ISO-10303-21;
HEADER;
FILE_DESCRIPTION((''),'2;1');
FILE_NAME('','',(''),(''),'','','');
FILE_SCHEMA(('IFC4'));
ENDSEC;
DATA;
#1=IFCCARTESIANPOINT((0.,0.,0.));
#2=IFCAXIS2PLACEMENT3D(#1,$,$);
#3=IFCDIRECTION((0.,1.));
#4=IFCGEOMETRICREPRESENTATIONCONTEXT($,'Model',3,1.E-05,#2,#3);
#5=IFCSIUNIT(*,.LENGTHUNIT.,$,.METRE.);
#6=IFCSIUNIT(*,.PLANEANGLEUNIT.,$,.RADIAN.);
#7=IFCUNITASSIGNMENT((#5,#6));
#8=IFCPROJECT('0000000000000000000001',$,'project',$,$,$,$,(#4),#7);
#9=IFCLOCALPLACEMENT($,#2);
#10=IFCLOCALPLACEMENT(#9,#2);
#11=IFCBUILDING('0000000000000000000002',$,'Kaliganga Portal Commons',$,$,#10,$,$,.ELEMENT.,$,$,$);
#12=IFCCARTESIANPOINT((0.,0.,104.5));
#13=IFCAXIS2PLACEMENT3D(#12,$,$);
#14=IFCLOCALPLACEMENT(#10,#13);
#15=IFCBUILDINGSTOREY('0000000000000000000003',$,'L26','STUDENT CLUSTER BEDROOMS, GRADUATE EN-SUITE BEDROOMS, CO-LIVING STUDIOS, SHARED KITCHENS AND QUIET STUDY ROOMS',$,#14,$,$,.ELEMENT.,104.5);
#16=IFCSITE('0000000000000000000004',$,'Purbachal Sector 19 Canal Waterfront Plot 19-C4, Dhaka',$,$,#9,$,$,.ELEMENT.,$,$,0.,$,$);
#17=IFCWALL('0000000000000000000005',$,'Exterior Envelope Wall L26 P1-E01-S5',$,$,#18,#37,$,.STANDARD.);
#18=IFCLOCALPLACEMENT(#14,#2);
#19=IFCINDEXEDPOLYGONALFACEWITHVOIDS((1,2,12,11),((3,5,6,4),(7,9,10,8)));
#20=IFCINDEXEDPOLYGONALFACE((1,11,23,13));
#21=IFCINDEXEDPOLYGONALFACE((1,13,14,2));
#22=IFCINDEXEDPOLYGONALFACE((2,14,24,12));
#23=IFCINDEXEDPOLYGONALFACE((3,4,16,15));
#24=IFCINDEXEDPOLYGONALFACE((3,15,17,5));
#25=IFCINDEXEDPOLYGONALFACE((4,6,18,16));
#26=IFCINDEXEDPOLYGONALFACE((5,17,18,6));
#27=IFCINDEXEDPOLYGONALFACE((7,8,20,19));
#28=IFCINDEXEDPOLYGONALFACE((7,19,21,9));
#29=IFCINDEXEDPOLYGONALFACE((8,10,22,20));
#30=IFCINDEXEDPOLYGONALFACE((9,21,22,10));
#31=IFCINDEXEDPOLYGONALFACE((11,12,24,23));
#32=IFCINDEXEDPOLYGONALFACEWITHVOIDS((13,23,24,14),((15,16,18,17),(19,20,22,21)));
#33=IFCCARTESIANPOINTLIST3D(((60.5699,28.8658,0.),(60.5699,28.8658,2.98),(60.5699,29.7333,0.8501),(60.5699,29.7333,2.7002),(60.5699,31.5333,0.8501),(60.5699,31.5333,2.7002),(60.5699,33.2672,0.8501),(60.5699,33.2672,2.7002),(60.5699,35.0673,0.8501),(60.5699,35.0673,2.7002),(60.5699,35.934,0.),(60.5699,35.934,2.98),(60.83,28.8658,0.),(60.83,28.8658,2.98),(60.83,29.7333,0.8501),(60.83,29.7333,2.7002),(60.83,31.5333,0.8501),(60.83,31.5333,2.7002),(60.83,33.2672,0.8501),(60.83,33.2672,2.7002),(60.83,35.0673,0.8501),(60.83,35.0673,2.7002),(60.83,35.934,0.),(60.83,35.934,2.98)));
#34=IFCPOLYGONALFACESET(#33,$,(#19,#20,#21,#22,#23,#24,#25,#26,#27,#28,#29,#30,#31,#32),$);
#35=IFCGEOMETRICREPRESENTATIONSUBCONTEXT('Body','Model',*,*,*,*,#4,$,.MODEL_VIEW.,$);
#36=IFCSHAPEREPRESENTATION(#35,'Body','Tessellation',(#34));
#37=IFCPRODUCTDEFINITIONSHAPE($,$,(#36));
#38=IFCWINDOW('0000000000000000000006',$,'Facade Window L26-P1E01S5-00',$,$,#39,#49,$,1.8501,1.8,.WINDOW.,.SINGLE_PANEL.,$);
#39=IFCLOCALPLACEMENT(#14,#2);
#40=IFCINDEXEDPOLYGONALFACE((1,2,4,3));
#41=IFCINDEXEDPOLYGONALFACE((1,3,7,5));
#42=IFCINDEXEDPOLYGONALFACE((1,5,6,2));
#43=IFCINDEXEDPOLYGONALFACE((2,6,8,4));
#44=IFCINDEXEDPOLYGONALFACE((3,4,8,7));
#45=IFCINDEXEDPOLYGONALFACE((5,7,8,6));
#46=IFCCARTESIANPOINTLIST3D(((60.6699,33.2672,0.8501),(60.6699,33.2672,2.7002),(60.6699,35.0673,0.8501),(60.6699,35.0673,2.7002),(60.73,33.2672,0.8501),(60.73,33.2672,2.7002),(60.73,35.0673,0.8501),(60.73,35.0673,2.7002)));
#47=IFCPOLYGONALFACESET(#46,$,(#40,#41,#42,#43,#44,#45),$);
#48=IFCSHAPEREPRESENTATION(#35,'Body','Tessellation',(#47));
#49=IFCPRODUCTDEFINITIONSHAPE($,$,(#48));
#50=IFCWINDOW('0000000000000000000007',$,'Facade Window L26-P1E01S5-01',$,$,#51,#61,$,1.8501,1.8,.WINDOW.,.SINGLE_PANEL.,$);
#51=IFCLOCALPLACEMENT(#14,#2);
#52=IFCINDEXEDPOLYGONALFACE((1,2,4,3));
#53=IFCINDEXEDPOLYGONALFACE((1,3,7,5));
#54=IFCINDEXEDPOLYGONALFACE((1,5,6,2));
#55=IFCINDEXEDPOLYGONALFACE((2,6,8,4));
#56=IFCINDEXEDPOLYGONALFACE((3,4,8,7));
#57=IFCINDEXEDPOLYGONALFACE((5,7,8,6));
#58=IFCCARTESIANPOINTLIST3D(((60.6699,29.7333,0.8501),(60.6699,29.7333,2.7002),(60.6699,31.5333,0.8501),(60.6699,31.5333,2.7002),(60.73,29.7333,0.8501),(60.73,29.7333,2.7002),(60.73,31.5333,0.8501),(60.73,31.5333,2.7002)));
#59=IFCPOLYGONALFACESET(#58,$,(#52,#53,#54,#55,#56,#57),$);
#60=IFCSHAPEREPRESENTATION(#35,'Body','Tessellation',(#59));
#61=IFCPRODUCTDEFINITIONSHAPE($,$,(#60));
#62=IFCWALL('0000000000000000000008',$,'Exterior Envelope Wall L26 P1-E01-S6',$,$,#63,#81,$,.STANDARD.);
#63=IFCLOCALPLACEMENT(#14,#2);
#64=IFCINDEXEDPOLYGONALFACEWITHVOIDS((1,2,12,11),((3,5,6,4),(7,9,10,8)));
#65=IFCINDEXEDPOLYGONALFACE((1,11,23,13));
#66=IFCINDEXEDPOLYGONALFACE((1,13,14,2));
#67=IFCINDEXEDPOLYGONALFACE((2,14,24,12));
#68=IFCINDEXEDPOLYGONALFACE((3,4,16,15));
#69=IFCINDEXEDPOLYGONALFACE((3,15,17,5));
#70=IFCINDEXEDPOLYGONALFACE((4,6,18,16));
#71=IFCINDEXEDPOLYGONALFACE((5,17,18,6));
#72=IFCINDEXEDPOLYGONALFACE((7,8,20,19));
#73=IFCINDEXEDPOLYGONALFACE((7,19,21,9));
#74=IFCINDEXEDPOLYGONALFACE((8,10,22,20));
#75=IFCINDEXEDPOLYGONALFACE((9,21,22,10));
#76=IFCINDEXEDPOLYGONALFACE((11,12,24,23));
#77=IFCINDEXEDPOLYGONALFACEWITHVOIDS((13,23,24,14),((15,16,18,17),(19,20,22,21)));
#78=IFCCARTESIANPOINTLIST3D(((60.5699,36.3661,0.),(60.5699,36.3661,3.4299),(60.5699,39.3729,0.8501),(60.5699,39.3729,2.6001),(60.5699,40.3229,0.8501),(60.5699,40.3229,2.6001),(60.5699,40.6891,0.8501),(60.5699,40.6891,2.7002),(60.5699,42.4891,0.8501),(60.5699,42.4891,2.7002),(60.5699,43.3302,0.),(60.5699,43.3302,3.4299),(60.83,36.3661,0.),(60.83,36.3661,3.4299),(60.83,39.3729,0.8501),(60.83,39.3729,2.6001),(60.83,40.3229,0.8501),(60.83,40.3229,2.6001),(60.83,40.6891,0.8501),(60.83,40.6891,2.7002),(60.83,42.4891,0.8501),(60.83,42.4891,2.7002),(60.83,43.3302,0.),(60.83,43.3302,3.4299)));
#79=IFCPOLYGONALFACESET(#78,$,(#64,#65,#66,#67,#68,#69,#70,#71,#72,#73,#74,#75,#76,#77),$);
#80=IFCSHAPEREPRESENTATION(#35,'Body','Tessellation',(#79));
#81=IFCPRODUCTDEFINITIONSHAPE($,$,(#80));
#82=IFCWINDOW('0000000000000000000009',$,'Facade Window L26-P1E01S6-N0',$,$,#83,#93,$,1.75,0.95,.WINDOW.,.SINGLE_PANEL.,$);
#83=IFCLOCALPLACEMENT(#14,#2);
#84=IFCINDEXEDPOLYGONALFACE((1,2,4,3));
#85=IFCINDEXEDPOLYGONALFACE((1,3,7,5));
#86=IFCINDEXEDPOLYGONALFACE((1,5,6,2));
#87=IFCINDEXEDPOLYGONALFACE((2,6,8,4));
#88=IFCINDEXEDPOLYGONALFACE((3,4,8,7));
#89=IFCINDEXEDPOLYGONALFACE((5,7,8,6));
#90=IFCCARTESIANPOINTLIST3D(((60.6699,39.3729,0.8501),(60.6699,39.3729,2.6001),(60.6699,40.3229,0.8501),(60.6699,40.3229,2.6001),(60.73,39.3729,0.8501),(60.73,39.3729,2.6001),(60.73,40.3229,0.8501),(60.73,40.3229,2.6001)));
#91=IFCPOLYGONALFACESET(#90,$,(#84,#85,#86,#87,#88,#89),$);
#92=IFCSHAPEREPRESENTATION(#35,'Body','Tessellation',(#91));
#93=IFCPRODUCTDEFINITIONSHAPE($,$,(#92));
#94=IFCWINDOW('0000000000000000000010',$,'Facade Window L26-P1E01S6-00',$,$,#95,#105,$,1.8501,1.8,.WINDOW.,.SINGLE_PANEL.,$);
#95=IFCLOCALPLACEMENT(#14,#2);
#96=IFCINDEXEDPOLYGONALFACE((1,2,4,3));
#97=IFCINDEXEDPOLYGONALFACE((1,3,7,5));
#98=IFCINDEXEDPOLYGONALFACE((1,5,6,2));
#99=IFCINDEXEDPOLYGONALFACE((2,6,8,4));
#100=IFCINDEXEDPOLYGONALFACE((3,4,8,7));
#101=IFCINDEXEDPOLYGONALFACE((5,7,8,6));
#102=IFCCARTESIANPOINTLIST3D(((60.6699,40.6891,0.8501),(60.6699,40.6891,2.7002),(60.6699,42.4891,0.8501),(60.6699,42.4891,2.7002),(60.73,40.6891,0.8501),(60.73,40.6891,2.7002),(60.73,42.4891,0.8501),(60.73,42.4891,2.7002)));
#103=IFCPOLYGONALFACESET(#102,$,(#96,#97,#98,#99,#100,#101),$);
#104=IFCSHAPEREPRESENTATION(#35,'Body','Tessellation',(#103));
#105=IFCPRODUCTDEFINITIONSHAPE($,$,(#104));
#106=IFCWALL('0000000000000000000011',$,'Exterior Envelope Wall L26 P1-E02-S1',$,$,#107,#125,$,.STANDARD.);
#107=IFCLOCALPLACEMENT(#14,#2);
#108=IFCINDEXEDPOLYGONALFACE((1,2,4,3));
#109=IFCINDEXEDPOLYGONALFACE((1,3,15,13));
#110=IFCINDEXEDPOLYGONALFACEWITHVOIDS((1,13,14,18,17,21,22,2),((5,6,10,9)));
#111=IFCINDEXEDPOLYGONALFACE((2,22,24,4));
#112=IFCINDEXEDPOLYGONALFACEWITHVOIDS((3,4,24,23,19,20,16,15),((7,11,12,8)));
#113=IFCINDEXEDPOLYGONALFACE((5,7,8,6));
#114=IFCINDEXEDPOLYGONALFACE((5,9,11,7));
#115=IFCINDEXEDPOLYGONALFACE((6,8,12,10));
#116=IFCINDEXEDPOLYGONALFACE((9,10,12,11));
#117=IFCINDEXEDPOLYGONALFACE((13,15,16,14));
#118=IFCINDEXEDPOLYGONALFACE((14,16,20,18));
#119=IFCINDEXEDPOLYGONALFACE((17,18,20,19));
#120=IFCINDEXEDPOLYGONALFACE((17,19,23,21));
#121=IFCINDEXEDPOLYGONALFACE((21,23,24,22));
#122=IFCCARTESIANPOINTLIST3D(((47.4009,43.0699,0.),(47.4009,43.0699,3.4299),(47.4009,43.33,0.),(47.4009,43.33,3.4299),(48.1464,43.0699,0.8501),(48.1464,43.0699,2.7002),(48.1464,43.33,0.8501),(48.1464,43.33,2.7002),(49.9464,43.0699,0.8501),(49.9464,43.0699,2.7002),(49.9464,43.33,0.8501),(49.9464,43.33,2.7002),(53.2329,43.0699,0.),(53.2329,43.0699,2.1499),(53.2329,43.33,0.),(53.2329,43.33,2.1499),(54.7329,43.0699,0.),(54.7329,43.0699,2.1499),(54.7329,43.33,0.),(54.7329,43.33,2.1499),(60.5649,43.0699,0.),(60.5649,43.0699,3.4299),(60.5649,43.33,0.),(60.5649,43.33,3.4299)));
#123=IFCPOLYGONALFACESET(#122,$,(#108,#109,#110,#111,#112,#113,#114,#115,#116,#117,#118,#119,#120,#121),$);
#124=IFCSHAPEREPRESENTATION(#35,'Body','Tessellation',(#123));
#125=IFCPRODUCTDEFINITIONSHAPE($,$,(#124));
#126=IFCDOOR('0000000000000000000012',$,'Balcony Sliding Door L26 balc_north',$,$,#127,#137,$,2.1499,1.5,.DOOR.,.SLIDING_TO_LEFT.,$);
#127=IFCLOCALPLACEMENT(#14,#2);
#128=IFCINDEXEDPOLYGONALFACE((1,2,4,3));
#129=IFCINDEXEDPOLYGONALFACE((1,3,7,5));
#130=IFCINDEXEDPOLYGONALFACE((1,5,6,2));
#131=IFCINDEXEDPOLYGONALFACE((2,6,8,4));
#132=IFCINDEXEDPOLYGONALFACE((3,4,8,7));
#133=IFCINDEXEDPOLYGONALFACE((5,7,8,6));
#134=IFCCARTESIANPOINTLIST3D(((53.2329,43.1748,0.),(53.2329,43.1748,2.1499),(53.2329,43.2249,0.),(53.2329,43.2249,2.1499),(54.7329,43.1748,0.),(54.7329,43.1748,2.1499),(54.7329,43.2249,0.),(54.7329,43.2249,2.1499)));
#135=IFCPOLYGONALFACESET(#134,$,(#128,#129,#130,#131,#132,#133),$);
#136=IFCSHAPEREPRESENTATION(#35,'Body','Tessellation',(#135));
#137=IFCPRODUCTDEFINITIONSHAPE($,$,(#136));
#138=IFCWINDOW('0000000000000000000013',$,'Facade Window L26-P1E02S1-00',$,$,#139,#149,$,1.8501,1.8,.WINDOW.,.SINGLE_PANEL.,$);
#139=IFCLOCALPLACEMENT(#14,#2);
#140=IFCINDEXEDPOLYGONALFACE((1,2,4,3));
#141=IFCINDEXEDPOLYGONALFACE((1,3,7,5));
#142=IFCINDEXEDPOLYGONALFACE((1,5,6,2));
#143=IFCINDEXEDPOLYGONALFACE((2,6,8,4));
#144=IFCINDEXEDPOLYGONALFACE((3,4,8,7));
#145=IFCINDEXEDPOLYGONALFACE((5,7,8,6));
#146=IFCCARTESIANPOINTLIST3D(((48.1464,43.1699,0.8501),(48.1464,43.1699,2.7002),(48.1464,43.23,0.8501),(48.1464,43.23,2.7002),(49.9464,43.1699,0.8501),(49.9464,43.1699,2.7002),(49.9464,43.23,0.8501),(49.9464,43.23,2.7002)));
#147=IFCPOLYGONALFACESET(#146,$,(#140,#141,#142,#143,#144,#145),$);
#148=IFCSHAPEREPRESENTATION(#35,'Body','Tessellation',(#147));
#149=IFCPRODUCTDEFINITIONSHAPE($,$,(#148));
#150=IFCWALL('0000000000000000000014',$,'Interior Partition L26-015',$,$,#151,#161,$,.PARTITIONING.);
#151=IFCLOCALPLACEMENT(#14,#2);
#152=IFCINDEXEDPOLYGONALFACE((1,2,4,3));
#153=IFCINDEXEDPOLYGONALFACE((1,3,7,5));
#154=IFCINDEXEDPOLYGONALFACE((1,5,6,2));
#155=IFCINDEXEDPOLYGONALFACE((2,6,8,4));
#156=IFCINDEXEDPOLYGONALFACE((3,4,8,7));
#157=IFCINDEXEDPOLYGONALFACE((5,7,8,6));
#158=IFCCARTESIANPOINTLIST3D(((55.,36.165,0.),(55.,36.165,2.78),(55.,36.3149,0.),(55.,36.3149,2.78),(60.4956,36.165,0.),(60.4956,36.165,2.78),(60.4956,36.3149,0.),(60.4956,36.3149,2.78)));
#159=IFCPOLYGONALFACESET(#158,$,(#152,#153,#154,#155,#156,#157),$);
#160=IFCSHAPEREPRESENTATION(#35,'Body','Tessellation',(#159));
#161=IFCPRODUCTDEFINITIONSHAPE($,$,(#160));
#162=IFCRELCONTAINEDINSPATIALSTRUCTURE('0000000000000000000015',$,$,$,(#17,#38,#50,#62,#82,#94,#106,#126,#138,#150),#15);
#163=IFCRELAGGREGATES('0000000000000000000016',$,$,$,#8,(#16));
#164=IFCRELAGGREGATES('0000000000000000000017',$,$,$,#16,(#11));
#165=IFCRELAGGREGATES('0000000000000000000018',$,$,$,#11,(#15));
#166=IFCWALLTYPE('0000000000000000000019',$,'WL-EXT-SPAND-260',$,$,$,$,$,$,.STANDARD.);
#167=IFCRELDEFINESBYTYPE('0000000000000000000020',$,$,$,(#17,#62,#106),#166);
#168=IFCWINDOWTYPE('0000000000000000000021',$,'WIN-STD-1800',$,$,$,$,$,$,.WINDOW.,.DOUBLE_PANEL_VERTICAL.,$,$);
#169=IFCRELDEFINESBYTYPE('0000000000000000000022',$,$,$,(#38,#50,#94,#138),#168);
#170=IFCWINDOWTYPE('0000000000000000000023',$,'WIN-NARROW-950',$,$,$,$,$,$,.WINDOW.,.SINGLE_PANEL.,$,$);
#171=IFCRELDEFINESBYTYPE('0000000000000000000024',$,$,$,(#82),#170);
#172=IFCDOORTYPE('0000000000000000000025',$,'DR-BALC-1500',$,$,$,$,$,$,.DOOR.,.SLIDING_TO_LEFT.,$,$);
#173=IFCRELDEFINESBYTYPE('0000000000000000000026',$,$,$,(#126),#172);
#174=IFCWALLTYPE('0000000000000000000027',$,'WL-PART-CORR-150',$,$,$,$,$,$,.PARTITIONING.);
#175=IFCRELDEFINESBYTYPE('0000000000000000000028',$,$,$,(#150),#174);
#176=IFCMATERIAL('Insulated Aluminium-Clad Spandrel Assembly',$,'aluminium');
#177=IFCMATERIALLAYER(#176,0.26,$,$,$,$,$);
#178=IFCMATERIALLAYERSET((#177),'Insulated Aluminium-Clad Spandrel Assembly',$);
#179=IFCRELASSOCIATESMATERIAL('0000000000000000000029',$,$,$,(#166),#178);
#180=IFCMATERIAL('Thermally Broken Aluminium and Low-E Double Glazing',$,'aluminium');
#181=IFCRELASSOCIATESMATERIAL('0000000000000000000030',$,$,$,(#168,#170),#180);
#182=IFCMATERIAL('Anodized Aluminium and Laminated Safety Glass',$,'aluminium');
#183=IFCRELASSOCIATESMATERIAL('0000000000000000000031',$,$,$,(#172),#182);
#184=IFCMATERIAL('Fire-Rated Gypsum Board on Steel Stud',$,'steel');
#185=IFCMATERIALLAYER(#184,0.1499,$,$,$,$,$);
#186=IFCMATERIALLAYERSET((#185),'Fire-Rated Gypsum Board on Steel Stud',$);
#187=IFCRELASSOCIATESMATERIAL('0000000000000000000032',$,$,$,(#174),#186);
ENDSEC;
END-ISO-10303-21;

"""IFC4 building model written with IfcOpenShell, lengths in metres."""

from ifc_helpers import new_model, si_unit, direction, frame, frame_2d, origin, place, context, subcontext, project, spatial, rectangle, extrude, material, layer, layer_set, type_object, element, fill, save


model = new_model("IFC4")

# Units and contexts
model_context = context("Model", 3, precision=1e-05, world=origin(), true_north=direction((0.0, 1.0)))
body_context = subcontext(model_context, "Body", "Model", "MODEL_VIEW")
ifc_project = project(units=[si_unit("LENGTHUNIT", "METRE"), si_unit("PLANEANGLEUNIT", "RADIAN")], contexts=[model_context])

# Site, building, storey
site_placement = place(None, origin())
site = spatial("IfcSite", under=ifc_project, at=site_placement, Name="Purbachal Sector 19 Canal Waterfront Plot 19-C4, Dhaka", CompositionType="ELEMENT", RefElevation=0.0)
building_placement = place(site_placement, origin())
building = spatial("IfcBuilding", under=site, at=building_placement, Name="Kaliganga Portal Commons", CompositionType="ELEMENT")
storey_placement = place(building_placement, frame((0.0, 0.0, 104.5)))
storey = spatial("IfcBuildingStorey", under=building, at=storey_placement, Name="L26", Description="STUDENT CLUSTER BEDROOMS, GRADUATE EN-SUITE BEDROOMS, CO-LIVING STUDIOS, SHARED KITCHENS AND QUIET STUDY ROOMS", CompositionType="ELEMENT", Elevation=104.5)

# Walls, openings, windows
ifc_material_1 = material(Name="Insulated Aluminium-Clad Spandrel Assembly", Category="aluminium")
ifc_layer_1 = layer(ifc_material_1, 0.26)
ifc_layer_set_1 = layer_set([ifc_layer_1], Name="Insulated Aluminium-Clad Spandrel Assembly")
wall_type_1 = type_object("IfcWallType", Name="WL-EXT-SPAND-260", PredefinedType="STANDARD", material=ifc_layer_set_1)
wall_1_placement = place(storey_placement, frame((60.7, 35.9341, 0.0), z_axis=(0.0, 0.0, 1.0), x_axis=(0.0, -1.0, 0.0)))
wall_1 = element("IfcWall", 1, at=wall_1_placement, inside=storey, type_object=wall_type_1, Name="Exterior Envelope Wall L26 P1-E01-S5", PredefinedType="STANDARD", context=body_context, shape_type="SweptSolid", body=[
    extrude(rectangle(XDim=7.0681, YDim=0.26, at=frame_2d((3.5342, 0.0))), origin(), (0.0, 0.0, 1.0), 2.98),
])
opening_1_placement = place(wall_1_placement, frame((0.8669, 0.0, 0.8501)))
opening_1 = element("IfcOpeningElement", 2, at=opening_1_placement, cuts=wall_1, PredefinedType="OPENING", context=body_context, shape_type="SweptSolid", body=[
    extrude(rectangle(XDim=1.8, YDim=1.8501, at=frame_2d((0.8999, 0.925))), frame((0.0, 0.1401, 0.0), z_axis=(0.0, -1.0, 0.0), x_axis=(1.0, 0.0, 0.0)), (0.0, 0.0, 1.0), 0.28),
])
opening_2_placement = place(wall_1_placement, frame((4.4009, 0.0, 0.8501)))
opening_2 = element("IfcOpeningElement", 3, at=opening_2_placement, cuts=wall_1, PredefinedType="OPENING", context=body_context, shape_type="SweptSolid", body=[
    extrude(rectangle(XDim=1.8, YDim=1.8501, at=frame_2d((0.8999, 0.925))), frame((0.0, 0.1401, 0.0), z_axis=(0.0, -1.0, 0.0), x_axis=(1.0, 0.0, 0.0)), (0.0, 0.0, 1.0), 0.28),
])
ifc_material_2 = material(Name="Thermally Broken Aluminium and Low-E Double Glazing", Category="aluminium")
window_type_1 = type_object("IfcWindowType", Name="WIN-STD-1800", PartitioningType="DOUBLE_PANEL_VERTICAL", PredefinedType="WINDOW", material=ifc_material_2)
window_1_placement = place(opening_1_placement, origin())
window_1 = element("IfcWindow", 4, at=window_1_placement, inside=storey, type_object=window_type_1, Name="Facade Window L26-P1E01S5-00", OverallHeight=1.8501, OverallWidth=1.8, PartitioningType="SINGLE_PANEL", PredefinedType="WINDOW", context=body_context, shape_type="SweptSolid", body=[
    extrude(rectangle(XDim=1.8, YDim=1.8501, at=frame_2d((0.8999, 0.925))), frame((0.0, 0.03, 0.0), z_axis=(0.0, -1.0, 0.0), x_axis=(1.0, 0.0, 0.0)), (0.0, 0.0, 1.0), 0.0601),
])
fill(opening_1, window_1)
window_2_placement = place(opening_2_placement, origin())
window_2 = element("IfcWindow", 5, at=window_2_placement, inside=storey, type_object=window_type_1, Name="Facade Window L26-P1E01S5-01", OverallHeight=1.8501, OverallWidth=1.8, PartitioningType="SINGLE_PANEL", PredefinedType="WINDOW", context=body_context, shape_type="SweptSolid", body=[
    extrude(rectangle(XDim=1.8, YDim=1.8501, at=frame_2d((0.8999, 0.925))), frame((0.0, 0.03, 0.0), z_axis=(0.0, -1.0, 0.0), x_axis=(1.0, 0.0, 0.0)), (0.0, 0.0, 1.0), 0.0601),
])
fill(opening_2, window_2)
wall_2_placement = place(storey_placement, frame((60.7, 43.3301, 0.0), z_axis=(0.0, 0.0, 1.0), x_axis=(0.0, -1.0, 0.0)))
wall_2 = element("IfcWall", 6, at=wall_2_placement, inside=storey, type_object=wall_type_1, Name="Exterior Envelope Wall L26 P1-E01-S6", PredefinedType="STANDARD", context=body_context, shape_type="SweptSolid", body=[
    extrude(rectangle(XDim=6.9641, YDim=0.26, at=frame_2d((3.4819, 0.0))), origin(), (0.0, 0.0, 1.0), 3.4299),
])
opening_3_placement = place(wall_2_placement, frame((0.8411, 0.0, 0.8501)))
opening_3 = element("IfcOpeningElement", 7, at=opening_3_placement, cuts=wall_2, PredefinedType="OPENING", context=body_context, shape_type="SweptSolid", body=[
    extrude(rectangle(XDim=1.8, YDim=1.8501, at=frame_2d((0.8999, 0.925))), frame((0.0, 0.1401, 0.0), z_axis=(0.0, -1.0, 0.0), x_axis=(1.0, 0.0, 0.0)), (0.0, 0.0, 1.0), 0.28),
])
opening_4_placement = place(wall_2_placement, frame((3.0071, 0.0, 0.8501)))
opening_4 = element("IfcOpeningElement", 8, at=opening_4_placement, cuts=wall_2, PredefinedType="OPENING", context=body_context, shape_type="SweptSolid", body=[
    extrude(rectangle(XDim=0.95, YDim=1.75, at=frame_2d((0.4751, 0.875))), frame((0.0, 0.1401, 0.0), z_axis=(0.0, -1.0, 0.0), x_axis=(1.0, 0.0, 0.0)), (0.0, 0.0, 1.0), 0.28),
])
window_type_2 = type_object("IfcWindowType", Name="WIN-NARROW-950", PartitioningType="SINGLE_PANEL", PredefinedType="WINDOW", material=ifc_material_2)
window_3_placement = place(opening_4_placement, origin())
window_3 = element("IfcWindow", 9, at=window_3_placement, inside=storey, type_object=window_type_2, Name="Facade Window L26-P1E01S6-N0", OverallHeight=1.75, OverallWidth=0.95, PartitioningType="SINGLE_PANEL", PredefinedType="WINDOW", context=body_context, shape_type="SweptSolid", body=[
    extrude(rectangle(XDim=0.95, YDim=1.75, at=frame_2d((0.4751, 0.875))), frame((0.0, 0.03, 0.0), z_axis=(0.0, -1.0, 0.0), x_axis=(1.0, 0.0, 0.0)), (0.0, 0.0, 1.0), 0.0601),
])
fill(opening_4, window_3)
window_4_placement = place(opening_3_placement, origin())
window_4 = element("IfcWindow", 10, at=window_4_placement, inside=storey, type_object=window_type_1, Name="Facade Window L26-P1E01S6-00", OverallHeight=1.8501, OverallWidth=1.8, PartitioningType="SINGLE_PANEL", PredefinedType="WINDOW", context=body_context, shape_type="SweptSolid", body=[
    extrude(rectangle(XDim=1.8, YDim=1.8501, at=frame_2d((0.8999, 0.925))), frame((0.0, 0.03, 0.0), z_axis=(0.0, -1.0, 0.0), x_axis=(1.0, 0.0, 0.0)), (0.0, 0.0, 1.0), 0.0601),
])
fill(opening_3, window_4)

# Wall, openings, door, window
wall_3_placement = place(storey_placement, frame((47.4009, 43.2, 0.0), z_axis=(0.0, 0.0, 1.0), x_axis=(1.0, 0.0, 0.0)))
wall_3 = element("IfcWall", 11, at=wall_3_placement, inside=storey, type_object=wall_type_1, Name="Exterior Envelope Wall L26 P1-E02-S1", PredefinedType="STANDARD", context=body_context, shape_type="SweptSolid", body=[
    extrude(rectangle(XDim=13.1641, YDim=0.26, at=frame_2d((6.582, 0.0))), origin(), (0.0, 0.0, 1.0), 3.4299),
])
opening_5_placement = place(wall_3_placement, frame((5.832, 0.0, 0.0)))
opening_5 = element("IfcOpeningElement", 12, at=opening_5_placement, cuts=wall_3, PredefinedType="OPENING", context=body_context, shape_type="SweptSolid", body=[
    extrude(rectangle(XDim=1.5, YDim=2.1499, at=frame_2d((0.75, 1.075))), frame((0.0, 0.1401, 0.0), z_axis=(0.0, -1.0, 0.0), x_axis=(1.0, 0.0, 0.0)), (0.0, 0.0, 1.0), 0.28),
])
opening_6_placement = place(wall_3_placement, frame((0.7456, 0.0, 0.8501)))
opening_6 = element("IfcOpeningElement", 13, at=opening_6_placement, cuts=wall_3, PredefinedType="OPENING", context=body_context, shape_type="SweptSolid", body=[
    extrude(rectangle(XDim=1.8, YDim=1.8501, at=frame_2d((0.8999, 0.925))), frame((0.0, 0.1401, 0.0), z_axis=(0.0, -1.0, 0.0), x_axis=(1.0, 0.0, 0.0)), (0.0, 0.0, 1.0), 0.28),
])
ifc_material_3 = material(Name="Anodized Aluminium and Laminated Safety Glass", Category="aluminium")
door_type_1 = type_object("IfcDoorType", Name="DR-BALC-1500", OperationType="SLIDING_TO_LEFT", PredefinedType="DOOR", material=ifc_material_3)
door_1_placement = place(opening_5_placement, origin())
door_1 = element("IfcDoor", 14, at=door_1_placement, inside=storey, type_object=door_type_1, Name="Balcony Sliding Door L26 balc_north", OperationType="SLIDING_TO_LEFT", OverallHeight=2.1499, OverallWidth=1.5, PredefinedType="DOOR", context=body_context, shape_type="SweptSolid", body=[
    extrude(rectangle(XDim=1.5, YDim=2.1499, at=frame_2d((0.75, 1.075))), frame((0.0, 0.0249, 0.0), z_axis=(0.0, -1.0, 0.0), x_axis=(1.0, 0.0, 0.0)), (0.0, 0.0, 1.0), 0.05),
])
fill(opening_5, door_1)
window_5_placement = place(opening_6_placement, origin())
window_5 = element("IfcWindow", 15, at=window_5_placement, inside=storey, type_object=window_type_1, Name="Facade Window L26-P1E02S1-00", OverallHeight=1.8501, OverallWidth=1.8, PartitioningType="SINGLE_PANEL", PredefinedType="WINDOW", context=body_context, shape_type="SweptSolid", body=[
    extrude(rectangle(XDim=1.8, YDim=1.8501, at=frame_2d((0.8999, 0.925))), frame((0.0, 0.03, 0.0), z_axis=(0.0, -1.0, 0.0), x_axis=(1.0, 0.0, 0.0)), (0.0, 0.0, 1.0), 0.0601),
])
fill(opening_6, window_5)

# Shared definitions
ifc_material_4 = material(Name="Fire-Rated Gypsum Board on Steel Stud", Category="steel")
ifc_layer_2 = layer(ifc_material_4, 0.1499)
ifc_layer_set_2 = layer_set([ifc_layer_2], Name="Fire-Rated Gypsum Board on Steel Stud")
wall_type_2 = type_object("IfcWallType", Name="WL-PART-CORR-150", PredefinedType="PARTITIONING", material=ifc_layer_set_2)

# Wall
wall_4_placement = place(storey_placement, frame((55.0, 36.24, 0.0), z_axis=(0.0, 0.0, 1.0), x_axis=(1.0, 0.0, 0.0)))
element("IfcWall", 16, at=wall_4_placement, inside=storey, type_object=wall_type_2, Name="Interior Partition L26-015", PredefinedType="PARTITIONING", context=body_context, shape_type="SweptSolid", body=[
    extrude(rectangle(XDim=5.4956, YDim=0.1499, at=frame_2d((2.7478, 0.0))), origin(), (0.0, 0.0, 1.0), 2.78),
])

save(model, "model.ifc")
